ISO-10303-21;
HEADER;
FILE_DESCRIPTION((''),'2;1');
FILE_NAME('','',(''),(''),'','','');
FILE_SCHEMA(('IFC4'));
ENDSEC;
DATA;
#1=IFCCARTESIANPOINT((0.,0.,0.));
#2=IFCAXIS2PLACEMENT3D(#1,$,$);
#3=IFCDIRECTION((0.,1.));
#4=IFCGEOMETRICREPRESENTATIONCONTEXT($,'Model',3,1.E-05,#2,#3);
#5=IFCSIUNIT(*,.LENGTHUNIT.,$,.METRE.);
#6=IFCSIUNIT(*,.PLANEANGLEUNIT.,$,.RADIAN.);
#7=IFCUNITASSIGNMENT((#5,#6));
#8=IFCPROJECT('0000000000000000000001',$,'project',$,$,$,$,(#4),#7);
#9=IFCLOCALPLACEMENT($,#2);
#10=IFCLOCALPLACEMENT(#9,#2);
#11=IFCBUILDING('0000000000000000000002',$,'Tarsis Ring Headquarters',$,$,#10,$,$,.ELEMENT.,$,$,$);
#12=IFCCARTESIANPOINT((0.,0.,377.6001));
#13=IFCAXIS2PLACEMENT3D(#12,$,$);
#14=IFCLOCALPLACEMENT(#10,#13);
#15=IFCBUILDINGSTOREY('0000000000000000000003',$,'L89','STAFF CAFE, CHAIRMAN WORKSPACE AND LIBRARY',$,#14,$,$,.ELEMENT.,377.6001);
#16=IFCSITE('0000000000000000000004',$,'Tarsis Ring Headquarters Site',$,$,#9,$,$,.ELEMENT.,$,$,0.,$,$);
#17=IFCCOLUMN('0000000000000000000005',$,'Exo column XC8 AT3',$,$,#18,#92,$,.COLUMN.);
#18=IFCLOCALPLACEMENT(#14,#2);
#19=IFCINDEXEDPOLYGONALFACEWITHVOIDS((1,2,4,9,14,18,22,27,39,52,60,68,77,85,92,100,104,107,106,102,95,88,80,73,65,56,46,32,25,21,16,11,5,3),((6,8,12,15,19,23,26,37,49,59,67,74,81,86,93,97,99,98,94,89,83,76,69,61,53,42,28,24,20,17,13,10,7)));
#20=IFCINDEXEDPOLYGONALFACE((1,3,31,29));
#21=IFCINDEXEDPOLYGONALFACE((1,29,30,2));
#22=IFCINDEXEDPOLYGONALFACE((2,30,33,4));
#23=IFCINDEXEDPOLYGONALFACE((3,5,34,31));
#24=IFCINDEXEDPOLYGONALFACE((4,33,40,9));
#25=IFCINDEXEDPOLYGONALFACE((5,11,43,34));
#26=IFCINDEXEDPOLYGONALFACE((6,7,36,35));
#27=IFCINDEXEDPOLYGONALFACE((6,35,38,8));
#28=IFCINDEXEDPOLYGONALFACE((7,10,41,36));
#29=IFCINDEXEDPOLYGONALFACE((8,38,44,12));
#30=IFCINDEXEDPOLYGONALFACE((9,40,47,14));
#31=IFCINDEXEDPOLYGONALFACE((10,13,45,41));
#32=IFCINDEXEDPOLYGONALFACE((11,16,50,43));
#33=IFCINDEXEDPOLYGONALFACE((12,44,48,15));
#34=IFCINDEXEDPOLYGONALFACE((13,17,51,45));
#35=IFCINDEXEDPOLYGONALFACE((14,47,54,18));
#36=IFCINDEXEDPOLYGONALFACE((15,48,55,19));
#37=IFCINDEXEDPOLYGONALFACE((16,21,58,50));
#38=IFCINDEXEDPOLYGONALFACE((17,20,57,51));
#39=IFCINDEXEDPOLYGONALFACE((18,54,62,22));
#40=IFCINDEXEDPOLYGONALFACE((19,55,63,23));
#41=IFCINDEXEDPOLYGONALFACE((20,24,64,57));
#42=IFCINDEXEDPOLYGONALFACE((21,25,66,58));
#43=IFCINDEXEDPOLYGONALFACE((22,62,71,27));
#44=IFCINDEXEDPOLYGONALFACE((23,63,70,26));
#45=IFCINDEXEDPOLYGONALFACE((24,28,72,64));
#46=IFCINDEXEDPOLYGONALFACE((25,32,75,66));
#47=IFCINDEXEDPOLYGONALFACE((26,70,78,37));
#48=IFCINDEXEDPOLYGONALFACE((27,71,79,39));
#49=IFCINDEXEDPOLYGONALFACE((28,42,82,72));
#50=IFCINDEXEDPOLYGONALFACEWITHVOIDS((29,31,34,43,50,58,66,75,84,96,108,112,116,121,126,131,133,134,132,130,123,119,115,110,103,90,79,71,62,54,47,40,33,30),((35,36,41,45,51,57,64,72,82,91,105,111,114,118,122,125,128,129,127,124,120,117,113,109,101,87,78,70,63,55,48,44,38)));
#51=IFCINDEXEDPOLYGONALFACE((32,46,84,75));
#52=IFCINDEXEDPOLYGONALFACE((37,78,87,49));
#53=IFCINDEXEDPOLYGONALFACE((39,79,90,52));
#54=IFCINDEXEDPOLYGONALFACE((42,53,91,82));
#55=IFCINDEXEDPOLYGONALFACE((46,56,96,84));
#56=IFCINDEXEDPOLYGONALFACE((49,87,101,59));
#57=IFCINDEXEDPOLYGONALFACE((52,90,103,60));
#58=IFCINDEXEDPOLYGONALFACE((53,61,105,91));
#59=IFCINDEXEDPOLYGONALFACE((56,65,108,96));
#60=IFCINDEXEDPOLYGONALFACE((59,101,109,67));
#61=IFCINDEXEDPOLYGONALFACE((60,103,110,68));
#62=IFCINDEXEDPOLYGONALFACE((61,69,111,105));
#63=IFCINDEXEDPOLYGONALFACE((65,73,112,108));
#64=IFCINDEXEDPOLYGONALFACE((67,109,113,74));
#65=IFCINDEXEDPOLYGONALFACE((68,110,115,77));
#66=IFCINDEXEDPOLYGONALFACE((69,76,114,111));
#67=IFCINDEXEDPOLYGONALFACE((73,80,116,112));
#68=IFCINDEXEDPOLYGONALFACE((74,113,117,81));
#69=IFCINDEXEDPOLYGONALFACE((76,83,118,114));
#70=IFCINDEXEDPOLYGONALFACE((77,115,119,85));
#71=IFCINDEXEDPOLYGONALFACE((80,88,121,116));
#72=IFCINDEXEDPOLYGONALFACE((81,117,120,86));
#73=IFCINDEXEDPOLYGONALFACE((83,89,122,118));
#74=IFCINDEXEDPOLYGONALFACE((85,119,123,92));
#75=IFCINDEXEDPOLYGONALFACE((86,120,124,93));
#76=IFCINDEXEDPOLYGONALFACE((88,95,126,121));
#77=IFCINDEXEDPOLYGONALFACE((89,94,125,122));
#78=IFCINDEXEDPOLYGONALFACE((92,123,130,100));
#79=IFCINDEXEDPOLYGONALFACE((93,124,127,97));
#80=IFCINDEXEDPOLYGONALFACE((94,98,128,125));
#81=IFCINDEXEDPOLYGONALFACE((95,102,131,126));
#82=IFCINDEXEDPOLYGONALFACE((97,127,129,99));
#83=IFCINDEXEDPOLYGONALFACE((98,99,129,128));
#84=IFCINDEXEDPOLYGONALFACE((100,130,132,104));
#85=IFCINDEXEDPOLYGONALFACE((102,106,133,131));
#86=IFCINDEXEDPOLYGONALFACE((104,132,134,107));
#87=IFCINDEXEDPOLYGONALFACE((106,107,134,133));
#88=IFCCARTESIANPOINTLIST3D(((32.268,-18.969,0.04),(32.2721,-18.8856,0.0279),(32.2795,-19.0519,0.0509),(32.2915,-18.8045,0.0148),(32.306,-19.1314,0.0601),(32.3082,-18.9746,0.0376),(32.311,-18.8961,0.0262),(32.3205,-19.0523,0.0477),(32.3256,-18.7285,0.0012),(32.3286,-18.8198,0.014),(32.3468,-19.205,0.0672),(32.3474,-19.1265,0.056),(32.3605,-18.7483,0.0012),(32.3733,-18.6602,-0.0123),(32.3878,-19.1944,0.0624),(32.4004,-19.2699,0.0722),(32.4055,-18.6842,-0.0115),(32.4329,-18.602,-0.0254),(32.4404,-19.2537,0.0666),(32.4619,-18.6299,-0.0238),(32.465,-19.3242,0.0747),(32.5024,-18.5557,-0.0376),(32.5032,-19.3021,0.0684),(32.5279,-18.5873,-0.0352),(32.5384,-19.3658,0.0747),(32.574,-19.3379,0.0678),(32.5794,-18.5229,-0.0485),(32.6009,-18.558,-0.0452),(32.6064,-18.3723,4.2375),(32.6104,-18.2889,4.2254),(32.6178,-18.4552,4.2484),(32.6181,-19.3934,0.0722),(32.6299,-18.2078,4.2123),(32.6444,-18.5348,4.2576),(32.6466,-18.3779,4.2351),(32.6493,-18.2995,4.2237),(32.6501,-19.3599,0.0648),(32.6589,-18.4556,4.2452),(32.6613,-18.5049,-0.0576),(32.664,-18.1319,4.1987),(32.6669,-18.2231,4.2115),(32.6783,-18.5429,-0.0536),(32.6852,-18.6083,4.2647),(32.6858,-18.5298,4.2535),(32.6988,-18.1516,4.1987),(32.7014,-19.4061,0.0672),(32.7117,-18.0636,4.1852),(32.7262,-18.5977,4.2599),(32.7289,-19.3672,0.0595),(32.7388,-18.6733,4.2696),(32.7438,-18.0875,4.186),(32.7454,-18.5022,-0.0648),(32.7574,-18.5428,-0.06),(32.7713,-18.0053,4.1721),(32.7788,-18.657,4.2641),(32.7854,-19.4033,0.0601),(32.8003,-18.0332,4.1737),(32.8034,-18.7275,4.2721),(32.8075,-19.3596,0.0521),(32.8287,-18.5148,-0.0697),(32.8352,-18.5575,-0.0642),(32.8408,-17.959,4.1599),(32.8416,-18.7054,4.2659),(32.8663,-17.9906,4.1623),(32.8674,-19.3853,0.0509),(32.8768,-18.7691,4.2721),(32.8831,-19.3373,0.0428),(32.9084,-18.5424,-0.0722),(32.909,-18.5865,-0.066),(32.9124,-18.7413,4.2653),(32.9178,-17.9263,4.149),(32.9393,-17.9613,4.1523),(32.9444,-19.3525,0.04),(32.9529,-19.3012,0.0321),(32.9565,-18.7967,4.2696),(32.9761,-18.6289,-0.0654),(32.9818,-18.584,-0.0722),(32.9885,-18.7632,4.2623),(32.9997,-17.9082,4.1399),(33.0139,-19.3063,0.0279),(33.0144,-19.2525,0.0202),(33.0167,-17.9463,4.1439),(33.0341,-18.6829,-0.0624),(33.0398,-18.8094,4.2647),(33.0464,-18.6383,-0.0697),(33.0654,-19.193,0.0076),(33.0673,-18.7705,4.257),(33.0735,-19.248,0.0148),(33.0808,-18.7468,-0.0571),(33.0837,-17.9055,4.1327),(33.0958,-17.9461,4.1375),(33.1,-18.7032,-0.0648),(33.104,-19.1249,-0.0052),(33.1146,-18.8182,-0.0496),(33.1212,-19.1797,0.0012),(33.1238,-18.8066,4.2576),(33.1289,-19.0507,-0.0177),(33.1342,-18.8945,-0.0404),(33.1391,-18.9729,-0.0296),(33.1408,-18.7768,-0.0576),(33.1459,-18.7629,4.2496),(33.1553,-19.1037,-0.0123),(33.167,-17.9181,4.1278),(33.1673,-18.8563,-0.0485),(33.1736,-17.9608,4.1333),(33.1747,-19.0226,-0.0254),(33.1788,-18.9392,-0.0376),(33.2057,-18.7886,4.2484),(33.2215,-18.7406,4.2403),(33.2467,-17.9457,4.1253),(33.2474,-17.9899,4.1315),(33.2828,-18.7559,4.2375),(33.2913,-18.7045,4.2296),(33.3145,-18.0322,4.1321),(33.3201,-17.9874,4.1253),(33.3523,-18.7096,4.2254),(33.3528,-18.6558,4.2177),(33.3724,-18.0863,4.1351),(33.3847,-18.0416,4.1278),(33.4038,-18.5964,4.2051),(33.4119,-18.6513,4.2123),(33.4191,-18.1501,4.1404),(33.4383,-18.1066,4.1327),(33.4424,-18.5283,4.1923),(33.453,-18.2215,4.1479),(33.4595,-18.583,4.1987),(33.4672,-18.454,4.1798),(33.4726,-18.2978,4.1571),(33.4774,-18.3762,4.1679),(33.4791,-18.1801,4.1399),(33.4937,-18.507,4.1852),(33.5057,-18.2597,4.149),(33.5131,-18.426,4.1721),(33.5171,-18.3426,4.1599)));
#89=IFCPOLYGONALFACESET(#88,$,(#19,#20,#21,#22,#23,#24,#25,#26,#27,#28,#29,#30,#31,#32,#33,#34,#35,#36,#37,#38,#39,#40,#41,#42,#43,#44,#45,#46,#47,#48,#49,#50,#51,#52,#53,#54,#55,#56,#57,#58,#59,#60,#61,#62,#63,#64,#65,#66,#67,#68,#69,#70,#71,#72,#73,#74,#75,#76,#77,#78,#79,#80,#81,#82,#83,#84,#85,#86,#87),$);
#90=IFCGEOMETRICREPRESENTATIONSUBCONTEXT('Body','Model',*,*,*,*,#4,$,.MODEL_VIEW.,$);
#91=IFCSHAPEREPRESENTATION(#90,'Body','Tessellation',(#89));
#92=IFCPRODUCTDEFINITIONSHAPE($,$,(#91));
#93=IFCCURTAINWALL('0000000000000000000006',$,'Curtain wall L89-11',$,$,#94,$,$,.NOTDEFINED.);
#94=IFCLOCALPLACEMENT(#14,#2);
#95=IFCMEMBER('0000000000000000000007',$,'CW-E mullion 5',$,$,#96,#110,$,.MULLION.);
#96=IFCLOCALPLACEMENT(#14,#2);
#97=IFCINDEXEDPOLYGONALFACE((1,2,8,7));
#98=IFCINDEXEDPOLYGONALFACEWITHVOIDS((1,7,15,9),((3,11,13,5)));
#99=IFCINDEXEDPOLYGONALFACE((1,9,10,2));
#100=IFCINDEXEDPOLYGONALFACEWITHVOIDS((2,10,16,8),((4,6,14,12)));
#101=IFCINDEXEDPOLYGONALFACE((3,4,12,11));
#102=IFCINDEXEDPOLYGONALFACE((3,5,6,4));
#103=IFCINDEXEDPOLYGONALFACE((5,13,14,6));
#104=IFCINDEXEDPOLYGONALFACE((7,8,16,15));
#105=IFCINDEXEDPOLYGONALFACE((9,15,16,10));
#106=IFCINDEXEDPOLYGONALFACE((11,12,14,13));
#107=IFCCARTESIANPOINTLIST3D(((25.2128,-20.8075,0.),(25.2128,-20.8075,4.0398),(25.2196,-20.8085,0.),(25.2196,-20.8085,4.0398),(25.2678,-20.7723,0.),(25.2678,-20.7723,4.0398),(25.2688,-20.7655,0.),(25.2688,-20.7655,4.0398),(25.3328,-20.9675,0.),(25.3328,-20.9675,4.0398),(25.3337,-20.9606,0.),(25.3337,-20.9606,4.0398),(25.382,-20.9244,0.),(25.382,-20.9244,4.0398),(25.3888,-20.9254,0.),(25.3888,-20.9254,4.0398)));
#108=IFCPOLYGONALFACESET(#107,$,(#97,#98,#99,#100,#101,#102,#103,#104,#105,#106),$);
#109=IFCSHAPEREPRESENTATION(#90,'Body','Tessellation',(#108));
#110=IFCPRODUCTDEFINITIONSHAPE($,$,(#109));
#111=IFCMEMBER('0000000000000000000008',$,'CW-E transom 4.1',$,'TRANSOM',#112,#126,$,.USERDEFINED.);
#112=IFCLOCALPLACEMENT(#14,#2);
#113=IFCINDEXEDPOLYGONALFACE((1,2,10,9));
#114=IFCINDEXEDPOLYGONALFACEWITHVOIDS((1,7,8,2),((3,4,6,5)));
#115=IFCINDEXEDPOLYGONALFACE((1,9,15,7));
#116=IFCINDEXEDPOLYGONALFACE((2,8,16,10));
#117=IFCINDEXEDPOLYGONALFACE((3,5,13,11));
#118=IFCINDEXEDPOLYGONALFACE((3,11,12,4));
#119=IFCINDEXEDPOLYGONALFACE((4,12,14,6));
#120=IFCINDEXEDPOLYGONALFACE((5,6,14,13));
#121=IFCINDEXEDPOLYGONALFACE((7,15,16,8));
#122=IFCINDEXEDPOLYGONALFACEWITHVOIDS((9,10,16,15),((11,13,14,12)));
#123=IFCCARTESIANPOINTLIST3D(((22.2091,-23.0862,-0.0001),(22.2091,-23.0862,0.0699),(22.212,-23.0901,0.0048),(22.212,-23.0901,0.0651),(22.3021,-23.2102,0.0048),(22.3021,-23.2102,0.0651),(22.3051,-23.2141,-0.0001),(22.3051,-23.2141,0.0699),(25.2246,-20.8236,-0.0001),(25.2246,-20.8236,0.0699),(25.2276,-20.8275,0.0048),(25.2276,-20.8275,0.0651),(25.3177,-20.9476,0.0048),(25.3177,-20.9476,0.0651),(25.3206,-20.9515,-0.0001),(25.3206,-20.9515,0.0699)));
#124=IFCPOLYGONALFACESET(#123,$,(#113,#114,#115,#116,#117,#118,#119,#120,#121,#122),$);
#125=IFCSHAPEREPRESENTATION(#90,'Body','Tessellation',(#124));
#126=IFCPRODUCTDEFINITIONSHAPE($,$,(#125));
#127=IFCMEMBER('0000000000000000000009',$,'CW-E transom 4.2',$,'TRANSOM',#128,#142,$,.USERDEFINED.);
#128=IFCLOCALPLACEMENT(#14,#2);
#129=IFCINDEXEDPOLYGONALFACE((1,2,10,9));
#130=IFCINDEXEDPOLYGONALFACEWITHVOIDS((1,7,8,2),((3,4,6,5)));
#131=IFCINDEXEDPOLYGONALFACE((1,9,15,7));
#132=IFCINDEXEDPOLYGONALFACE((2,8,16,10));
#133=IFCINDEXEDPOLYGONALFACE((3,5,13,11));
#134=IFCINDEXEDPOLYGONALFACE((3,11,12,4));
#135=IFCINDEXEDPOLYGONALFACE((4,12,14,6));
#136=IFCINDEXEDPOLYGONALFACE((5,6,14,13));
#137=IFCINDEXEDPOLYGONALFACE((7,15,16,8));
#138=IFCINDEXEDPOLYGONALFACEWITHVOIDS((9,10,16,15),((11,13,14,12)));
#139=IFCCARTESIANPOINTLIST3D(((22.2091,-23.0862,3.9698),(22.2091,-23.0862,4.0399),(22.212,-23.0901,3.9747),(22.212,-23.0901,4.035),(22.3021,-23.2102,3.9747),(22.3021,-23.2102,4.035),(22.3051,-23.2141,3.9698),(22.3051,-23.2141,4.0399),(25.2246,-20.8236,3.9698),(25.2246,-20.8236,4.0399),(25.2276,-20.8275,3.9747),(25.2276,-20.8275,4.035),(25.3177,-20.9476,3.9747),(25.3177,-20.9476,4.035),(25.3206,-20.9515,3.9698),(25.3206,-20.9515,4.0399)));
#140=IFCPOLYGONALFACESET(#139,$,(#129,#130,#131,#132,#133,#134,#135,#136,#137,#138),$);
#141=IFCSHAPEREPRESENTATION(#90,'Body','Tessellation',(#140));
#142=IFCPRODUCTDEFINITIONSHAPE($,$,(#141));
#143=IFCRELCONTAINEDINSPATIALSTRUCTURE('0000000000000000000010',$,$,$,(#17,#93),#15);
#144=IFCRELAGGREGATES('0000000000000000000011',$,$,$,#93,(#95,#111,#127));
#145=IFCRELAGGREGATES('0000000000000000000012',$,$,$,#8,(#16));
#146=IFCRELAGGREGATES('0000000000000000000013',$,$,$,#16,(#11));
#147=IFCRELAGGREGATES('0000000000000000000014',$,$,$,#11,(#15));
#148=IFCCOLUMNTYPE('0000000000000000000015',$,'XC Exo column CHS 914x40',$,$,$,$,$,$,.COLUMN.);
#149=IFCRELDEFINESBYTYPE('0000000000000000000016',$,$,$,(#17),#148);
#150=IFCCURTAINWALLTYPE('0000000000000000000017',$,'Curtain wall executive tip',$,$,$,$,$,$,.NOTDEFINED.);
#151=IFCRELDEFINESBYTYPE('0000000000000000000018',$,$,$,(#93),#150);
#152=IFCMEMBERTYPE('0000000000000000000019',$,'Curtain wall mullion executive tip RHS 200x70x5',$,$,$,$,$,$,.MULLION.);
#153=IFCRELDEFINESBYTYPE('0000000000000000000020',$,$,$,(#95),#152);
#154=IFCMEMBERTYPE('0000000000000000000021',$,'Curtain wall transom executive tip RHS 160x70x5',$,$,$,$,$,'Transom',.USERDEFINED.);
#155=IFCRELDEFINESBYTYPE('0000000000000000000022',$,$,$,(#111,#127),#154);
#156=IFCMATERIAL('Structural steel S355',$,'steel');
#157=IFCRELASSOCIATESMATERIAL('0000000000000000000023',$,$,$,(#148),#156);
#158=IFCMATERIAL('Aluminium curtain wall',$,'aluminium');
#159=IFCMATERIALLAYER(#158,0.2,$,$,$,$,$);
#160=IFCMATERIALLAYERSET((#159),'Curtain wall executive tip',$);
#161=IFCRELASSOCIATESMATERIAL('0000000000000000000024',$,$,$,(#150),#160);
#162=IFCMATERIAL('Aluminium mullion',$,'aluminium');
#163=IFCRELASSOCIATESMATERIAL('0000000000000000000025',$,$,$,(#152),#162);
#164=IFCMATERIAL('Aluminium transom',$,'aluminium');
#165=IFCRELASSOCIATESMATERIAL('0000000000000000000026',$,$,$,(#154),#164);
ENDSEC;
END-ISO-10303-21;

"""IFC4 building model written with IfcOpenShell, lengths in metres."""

from ifc_helpers import new_model, si_unit, direction, frame, origin, origin_2d, place, context, subcontext, project, spatial, hollow_rectangle, hollow_circle, extrude, material, layer, layer_set, material_profile, profile_set, type_object, element, aggregate, save


model = new_model("IFC4")

# Units and contexts
model_context = context("Model", 3, precision=1e-05, world=origin(), true_north=direction((0.0, 1.0)))
body_context = subcontext(model_context, "Body", "Model", "MODEL_VIEW")
ifc_project = project(units=[si_unit("LENGTHUNIT", "METRE"), si_unit("PLANEANGLEUNIT", "RADIAN")], contexts=[model_context])

# Site, building, storey
site_placement = place(None, origin())
site = spatial("IfcSite", under=ifc_project, at=site_placement, Name="Tarsis Ring Headquarters Site", CompositionType="ELEMENT", RefElevation=0.0)
building_placement = place(site_placement, origin())
building = spatial("IfcBuilding", under=site, at=building_placement, Name="Tarsis Ring Headquarters", CompositionType="ELEMENT")
storey_placement = place(building_placement, frame((0.0, 0.0, 377.6001)))
storey = spatial("IfcBuildingStorey", under=building, at=storey_placement, Name="L89", Description="STAFF CAFE, CHAIRMAN WORKSPACE AND LIBRARY", CompositionType="ELEMENT", Elevation=377.6001)

# Column
ifc_material_1 = material(Name="Structural steel S355", Category="steel")
ifc_material_profile_1 = material_profile(ifc_material_1, hollow_circle(Radius=0.457, WallThickness=0.04, at=origin_2d()), Name="CHS 914x40")
ifc_profile_set_1 = profile_set([ifc_material_profile_1], Name="Structural steel S355")
column_type = type_object("IfcColumnType", Name="XC Exo column CHS 914x40", PredefinedType="COLUMN", material=ifc_profile_set_1)
column_placement = place(storey_placement, frame((32.7234, -18.9541, 0.0012), z_axis=(0.079559, 0.14029, 0.986909), x_axis=(-0.869859, 0.4933, 0.0)))
element("IfcColumn", 1, at=column_placement, inside=storey, type_object=column_type, Name="Exo column XC8 AT3", PredefinedType="COLUMN", context=body_context, shape_type="SweptSolid", body=[
    extrude(hollow_circle(Radius=0.4573, WallThickness=0.04, at=origin_2d()), origin(), (0.0, 0.0, 1.0), 4.2532),
])

# Curtain wall, members
ifc_material_2 = material(Name="Aluminium curtain wall", Category="aluminium")
ifc_layer_1 = layer(ifc_material_2, 0.2)
ifc_layer_set_1 = layer_set([ifc_layer_1], Name="Curtain wall executive tip")
curtain_wall_type = type_object("IfcCurtainWallType", Name="Curtain wall executive tip", PredefinedType="NOTDEFINED", material=ifc_layer_set_1)
curtain_wall_placement = place(storey_placement, origin())
curtain_wall = element("IfcCurtainWall", 2, at=curtain_wall_placement, inside=storey, type_object=curtain_wall_type, Name="Curtain wall L89-11", PredefinedType="NOTDEFINED")
ifc_material_3 = material(Name="Aluminium mullion", Category="aluminium")
ifc_material_profile_2 = material_profile(ifc_material_3, hollow_rectangle(XDim=0.2, YDim=0.0701, WallThickness=0.0049, at=origin_2d()), Name="RHS 200x70x5")
ifc_profile_set_2 = profile_set([ifc_material_profile_2], Name="Aluminium mullion")
member_type_1 = type_object("IfcMemberType", Name="Curtain wall mullion executive tip RHS 200x70x5", PredefinedType="MULLION", material=ifc_profile_set_2)
member_1_placement = place(storey_placement, frame((25.3008, -20.8665, 0.0), z_axis=(0.0, 0.0, 1.0), x_axis=(-0.600141, 0.799894, 0.0)))
member_1 = element("IfcMember", 3, at=member_1_placement, type_object=member_type_1, Name="CW-E mullion 5", PredefinedType="MULLION", context=body_context, shape_type="SweptSolid", body=[
    extrude(hollow_rectangle(XDim=0.2, YDim=0.0701, WallThickness=0.0049, at=origin_2d()), origin(), (0.0, 0.0, 1.0), 4.0398),
])
ifc_material_4 = material(Name="Aluminium transom", Category="aluminium")
ifc_material_profile_3 = material_profile(ifc_material_4, hollow_rectangle(XDim=0.1599, YDim=0.0701, WallThickness=0.0049, at=origin_2d()), Name="RHS 160x70x5")
ifc_profile_set_3 = profile_set([ifc_material_profile_3], Name="Aluminium transom")
member_type_2 = type_object("IfcMemberType", Name="Curtain wall transom executive tip RHS 160x70x5", ElementType="Transom", PredefinedType="USERDEFINED", material=ifc_profile_set_3)
member_2_placement = place(storey_placement, frame((22.2571, -23.1501, 0.0349), z_axis=(0.799876, 0.600166, 0.0), x_axis=(-0.600166, 0.799876, 0.0)))
member_2 = element("IfcMember", 4, at=member_2_placement, type_object=member_type_2, Name="CW-E transom 4.1", ObjectType="TRANSOM", PredefinedType="USERDEFINED", context=body_context, shape_type="SweptSolid", body=[
    extrude(hollow_rectangle(XDim=0.1599, YDim=0.0701, WallThickness=0.0049, at=origin_2d()), origin(), (0.0, 0.0, 1.0), 3.77),
])
member_3_placement = place(storey_placement, frame((22.2571, -23.1501, 4.0049), z_axis=(0.799876, 0.600166, 0.0), x_axis=(-0.600166, 0.799876, 0.0)))
member_3 = element("IfcMember", 5, at=member_3_placement, type_object=member_type_2, Name="CW-E transom 4.2", ObjectType="TRANSOM", PredefinedType="USERDEFINED", context=body_context, shape_type="SweptSolid", body=[
    extrude(hollow_rectangle(XDim=0.1599, YDim=0.0701, WallThickness=0.0049, at=origin_2d()), origin(), (0.0, 0.0, 1.0), 3.77),
])

aggregate(curtain_wall, [member_1, member_2, member_3])

save(model, "model.ifc")
